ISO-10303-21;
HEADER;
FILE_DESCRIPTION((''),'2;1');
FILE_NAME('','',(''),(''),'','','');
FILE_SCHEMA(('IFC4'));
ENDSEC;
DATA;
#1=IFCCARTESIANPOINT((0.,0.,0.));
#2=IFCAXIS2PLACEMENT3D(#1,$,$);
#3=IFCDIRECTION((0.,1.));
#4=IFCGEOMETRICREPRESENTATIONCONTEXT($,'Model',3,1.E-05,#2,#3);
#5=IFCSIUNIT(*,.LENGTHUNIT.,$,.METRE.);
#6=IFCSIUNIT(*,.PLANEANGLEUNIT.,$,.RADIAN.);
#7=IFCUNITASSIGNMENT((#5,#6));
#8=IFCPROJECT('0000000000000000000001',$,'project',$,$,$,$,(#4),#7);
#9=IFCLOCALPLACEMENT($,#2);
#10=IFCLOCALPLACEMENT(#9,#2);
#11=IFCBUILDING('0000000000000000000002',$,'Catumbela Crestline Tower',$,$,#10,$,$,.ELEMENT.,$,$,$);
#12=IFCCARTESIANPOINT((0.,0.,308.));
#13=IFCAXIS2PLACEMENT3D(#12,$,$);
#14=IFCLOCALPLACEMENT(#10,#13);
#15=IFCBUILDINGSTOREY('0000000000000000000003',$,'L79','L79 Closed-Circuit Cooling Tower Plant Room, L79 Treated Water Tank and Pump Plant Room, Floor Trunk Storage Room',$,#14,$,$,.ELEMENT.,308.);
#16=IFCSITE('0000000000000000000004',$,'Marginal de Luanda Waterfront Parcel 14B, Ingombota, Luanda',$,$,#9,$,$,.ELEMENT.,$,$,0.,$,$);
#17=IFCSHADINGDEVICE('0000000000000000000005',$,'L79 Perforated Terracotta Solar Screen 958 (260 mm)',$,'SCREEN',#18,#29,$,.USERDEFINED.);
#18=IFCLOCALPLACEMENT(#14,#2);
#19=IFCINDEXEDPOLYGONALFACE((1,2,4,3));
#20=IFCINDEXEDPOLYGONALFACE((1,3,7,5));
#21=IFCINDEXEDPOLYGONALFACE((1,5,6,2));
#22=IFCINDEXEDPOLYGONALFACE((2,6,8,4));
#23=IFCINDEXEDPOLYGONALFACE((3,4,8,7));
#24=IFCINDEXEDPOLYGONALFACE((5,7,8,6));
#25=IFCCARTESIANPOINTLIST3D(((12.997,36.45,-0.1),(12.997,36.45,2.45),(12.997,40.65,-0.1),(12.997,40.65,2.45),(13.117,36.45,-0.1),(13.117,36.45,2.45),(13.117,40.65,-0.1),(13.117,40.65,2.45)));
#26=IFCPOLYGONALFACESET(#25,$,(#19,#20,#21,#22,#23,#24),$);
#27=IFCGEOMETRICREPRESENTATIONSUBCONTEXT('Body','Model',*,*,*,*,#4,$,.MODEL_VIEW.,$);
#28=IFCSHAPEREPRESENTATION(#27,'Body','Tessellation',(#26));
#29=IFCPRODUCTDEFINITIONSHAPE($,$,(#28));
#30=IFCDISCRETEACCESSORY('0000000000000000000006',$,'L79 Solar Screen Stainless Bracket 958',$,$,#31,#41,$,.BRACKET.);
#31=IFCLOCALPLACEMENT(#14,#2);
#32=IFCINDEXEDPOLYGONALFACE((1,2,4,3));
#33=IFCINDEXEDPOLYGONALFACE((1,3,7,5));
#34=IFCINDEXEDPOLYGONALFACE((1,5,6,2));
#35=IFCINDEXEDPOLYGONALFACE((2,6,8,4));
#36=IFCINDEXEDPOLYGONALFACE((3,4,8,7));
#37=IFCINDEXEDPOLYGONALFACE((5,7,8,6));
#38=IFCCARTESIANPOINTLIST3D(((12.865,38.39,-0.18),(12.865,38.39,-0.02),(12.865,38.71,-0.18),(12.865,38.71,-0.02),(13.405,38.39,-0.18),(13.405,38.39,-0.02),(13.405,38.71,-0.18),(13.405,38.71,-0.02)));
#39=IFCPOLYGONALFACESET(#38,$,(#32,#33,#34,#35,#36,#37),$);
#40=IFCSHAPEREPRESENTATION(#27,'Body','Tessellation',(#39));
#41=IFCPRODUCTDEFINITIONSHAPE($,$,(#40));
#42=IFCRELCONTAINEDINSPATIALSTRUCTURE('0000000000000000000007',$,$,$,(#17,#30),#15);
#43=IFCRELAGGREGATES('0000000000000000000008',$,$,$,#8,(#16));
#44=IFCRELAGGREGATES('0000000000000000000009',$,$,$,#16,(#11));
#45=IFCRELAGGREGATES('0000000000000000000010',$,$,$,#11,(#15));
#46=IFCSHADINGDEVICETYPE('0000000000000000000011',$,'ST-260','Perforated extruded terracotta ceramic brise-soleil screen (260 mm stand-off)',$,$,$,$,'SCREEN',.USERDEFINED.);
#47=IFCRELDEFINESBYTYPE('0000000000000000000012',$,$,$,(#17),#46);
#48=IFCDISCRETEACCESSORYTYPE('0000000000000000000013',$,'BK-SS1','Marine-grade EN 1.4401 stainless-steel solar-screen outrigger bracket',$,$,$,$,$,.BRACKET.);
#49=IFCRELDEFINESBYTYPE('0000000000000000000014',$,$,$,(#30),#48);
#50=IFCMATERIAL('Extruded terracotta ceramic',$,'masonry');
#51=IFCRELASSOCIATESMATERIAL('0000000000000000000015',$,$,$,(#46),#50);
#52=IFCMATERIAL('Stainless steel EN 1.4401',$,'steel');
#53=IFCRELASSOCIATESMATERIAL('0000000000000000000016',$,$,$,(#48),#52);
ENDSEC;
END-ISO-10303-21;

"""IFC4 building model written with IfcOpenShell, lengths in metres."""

from ifc_helpers import new_model, si_unit, direction, frame, origin, origin_2d, place, context, subcontext, project, spatial, rectangle, extrude, material, type_object, element, save


model = new_model("IFC4")

# Units and contexts
model_context = context("Model", 3, precision=1e-05, world=origin(), true_north=direction((0.0, 1.0)))
body_context = subcontext(model_context, "Body", "Model", "MODEL_VIEW")
ifc_project = project(units=[si_unit("LENGTHUNIT", "METRE"), si_unit("PLANEANGLEUNIT", "RADIAN")], contexts=[model_context])

# Site, building, storey
site_placement = place(None, origin())
site = spatial("IfcSite", under=ifc_project, at=site_placement, Name="Marginal de Luanda Waterfront Parcel 14B, Ingombota, Luanda", CompositionType="ELEMENT", RefElevation=0.0)
building_placement = place(site_placement, origin())
building = spatial("IfcBuilding", under=site, at=building_placement, Name="Catumbela Crestline Tower", CompositionType="ELEMENT")
storey_placement = place(building_placement, frame((0.0, 0.0, 308.0)))
storey = spatial("IfcBuildingStorey", under=building, at=storey_placement, Name="L79", Description="L79 Closed-Circuit Cooling Tower Plant Room, L79 Treated Water Tank and Pump Plant Room, Floor Trunk Storage Room", CompositionType="ELEMENT", Elevation=308.0)

# Shared definitions
ifc_material_1 = material(Name="Stainless steel EN 1.4401", Category="steel")

# Shading device
ifc_material_2 = material(Name="Extruded terracotta ceramic", Category="masonry")
shading_device_type = type_object("IfcShadingDeviceType", Name="ST-260", Description="Perforated extruded terracotta ceramic brise-soleil screen (260 mm stand-off)", ElementType="SCREEN", PredefinedType="USERDEFINED", material=ifc_material_2)
shading_device_placement = place(storey_placement, frame((13.057, 38.55, -0.1), z_axis=(0.0, 0.0, 1.0), x_axis=(0.0, -1.0, 0.0)))
element("IfcShadingDevice", 1, at=shading_device_placement, inside=storey, type_object=shading_device_type, Name="L79 Perforated Terracotta Solar Screen 958 (260 mm)", ObjectType="SCREEN", PredefinedType="USERDEFINED", context=body_context, shape_type="SweptSolid", body=[
    extrude(rectangle(XDim=4.2, YDim=0.12, at=origin_2d()), origin(), (0.0, 0.0, 1.0), 2.55),
])

# Discrete accessory
discrete_accessory_type = type_object("IfcDiscreteAccessoryType", Name="BK-SS1", Description="Marine-grade EN 1.4401 stainless-steel solar-screen outrigger bracket", PredefinedType="BRACKET", material=ifc_material_1)
discrete_accessory_placement = place(storey_placement, frame((13.135, 38.55, -0.18), z_axis=(0.0, 0.0, 1.0), x_axis=(0.0, -1.0, 0.0)))
element("IfcDiscreteAccessory", 2, at=discrete_accessory_placement, inside=storey, type_object=discrete_accessory_type, Name="L79 Solar Screen Stainless Bracket 958", PredefinedType="BRACKET", context=body_context, shape_type="SweptSolid", body=[
    extrude(rectangle(XDim=0.32, YDim=0.54, at=origin_2d()), origin(), (0.0, 0.0, 1.0), 0.16),
])

save(model, "model.ifc")
